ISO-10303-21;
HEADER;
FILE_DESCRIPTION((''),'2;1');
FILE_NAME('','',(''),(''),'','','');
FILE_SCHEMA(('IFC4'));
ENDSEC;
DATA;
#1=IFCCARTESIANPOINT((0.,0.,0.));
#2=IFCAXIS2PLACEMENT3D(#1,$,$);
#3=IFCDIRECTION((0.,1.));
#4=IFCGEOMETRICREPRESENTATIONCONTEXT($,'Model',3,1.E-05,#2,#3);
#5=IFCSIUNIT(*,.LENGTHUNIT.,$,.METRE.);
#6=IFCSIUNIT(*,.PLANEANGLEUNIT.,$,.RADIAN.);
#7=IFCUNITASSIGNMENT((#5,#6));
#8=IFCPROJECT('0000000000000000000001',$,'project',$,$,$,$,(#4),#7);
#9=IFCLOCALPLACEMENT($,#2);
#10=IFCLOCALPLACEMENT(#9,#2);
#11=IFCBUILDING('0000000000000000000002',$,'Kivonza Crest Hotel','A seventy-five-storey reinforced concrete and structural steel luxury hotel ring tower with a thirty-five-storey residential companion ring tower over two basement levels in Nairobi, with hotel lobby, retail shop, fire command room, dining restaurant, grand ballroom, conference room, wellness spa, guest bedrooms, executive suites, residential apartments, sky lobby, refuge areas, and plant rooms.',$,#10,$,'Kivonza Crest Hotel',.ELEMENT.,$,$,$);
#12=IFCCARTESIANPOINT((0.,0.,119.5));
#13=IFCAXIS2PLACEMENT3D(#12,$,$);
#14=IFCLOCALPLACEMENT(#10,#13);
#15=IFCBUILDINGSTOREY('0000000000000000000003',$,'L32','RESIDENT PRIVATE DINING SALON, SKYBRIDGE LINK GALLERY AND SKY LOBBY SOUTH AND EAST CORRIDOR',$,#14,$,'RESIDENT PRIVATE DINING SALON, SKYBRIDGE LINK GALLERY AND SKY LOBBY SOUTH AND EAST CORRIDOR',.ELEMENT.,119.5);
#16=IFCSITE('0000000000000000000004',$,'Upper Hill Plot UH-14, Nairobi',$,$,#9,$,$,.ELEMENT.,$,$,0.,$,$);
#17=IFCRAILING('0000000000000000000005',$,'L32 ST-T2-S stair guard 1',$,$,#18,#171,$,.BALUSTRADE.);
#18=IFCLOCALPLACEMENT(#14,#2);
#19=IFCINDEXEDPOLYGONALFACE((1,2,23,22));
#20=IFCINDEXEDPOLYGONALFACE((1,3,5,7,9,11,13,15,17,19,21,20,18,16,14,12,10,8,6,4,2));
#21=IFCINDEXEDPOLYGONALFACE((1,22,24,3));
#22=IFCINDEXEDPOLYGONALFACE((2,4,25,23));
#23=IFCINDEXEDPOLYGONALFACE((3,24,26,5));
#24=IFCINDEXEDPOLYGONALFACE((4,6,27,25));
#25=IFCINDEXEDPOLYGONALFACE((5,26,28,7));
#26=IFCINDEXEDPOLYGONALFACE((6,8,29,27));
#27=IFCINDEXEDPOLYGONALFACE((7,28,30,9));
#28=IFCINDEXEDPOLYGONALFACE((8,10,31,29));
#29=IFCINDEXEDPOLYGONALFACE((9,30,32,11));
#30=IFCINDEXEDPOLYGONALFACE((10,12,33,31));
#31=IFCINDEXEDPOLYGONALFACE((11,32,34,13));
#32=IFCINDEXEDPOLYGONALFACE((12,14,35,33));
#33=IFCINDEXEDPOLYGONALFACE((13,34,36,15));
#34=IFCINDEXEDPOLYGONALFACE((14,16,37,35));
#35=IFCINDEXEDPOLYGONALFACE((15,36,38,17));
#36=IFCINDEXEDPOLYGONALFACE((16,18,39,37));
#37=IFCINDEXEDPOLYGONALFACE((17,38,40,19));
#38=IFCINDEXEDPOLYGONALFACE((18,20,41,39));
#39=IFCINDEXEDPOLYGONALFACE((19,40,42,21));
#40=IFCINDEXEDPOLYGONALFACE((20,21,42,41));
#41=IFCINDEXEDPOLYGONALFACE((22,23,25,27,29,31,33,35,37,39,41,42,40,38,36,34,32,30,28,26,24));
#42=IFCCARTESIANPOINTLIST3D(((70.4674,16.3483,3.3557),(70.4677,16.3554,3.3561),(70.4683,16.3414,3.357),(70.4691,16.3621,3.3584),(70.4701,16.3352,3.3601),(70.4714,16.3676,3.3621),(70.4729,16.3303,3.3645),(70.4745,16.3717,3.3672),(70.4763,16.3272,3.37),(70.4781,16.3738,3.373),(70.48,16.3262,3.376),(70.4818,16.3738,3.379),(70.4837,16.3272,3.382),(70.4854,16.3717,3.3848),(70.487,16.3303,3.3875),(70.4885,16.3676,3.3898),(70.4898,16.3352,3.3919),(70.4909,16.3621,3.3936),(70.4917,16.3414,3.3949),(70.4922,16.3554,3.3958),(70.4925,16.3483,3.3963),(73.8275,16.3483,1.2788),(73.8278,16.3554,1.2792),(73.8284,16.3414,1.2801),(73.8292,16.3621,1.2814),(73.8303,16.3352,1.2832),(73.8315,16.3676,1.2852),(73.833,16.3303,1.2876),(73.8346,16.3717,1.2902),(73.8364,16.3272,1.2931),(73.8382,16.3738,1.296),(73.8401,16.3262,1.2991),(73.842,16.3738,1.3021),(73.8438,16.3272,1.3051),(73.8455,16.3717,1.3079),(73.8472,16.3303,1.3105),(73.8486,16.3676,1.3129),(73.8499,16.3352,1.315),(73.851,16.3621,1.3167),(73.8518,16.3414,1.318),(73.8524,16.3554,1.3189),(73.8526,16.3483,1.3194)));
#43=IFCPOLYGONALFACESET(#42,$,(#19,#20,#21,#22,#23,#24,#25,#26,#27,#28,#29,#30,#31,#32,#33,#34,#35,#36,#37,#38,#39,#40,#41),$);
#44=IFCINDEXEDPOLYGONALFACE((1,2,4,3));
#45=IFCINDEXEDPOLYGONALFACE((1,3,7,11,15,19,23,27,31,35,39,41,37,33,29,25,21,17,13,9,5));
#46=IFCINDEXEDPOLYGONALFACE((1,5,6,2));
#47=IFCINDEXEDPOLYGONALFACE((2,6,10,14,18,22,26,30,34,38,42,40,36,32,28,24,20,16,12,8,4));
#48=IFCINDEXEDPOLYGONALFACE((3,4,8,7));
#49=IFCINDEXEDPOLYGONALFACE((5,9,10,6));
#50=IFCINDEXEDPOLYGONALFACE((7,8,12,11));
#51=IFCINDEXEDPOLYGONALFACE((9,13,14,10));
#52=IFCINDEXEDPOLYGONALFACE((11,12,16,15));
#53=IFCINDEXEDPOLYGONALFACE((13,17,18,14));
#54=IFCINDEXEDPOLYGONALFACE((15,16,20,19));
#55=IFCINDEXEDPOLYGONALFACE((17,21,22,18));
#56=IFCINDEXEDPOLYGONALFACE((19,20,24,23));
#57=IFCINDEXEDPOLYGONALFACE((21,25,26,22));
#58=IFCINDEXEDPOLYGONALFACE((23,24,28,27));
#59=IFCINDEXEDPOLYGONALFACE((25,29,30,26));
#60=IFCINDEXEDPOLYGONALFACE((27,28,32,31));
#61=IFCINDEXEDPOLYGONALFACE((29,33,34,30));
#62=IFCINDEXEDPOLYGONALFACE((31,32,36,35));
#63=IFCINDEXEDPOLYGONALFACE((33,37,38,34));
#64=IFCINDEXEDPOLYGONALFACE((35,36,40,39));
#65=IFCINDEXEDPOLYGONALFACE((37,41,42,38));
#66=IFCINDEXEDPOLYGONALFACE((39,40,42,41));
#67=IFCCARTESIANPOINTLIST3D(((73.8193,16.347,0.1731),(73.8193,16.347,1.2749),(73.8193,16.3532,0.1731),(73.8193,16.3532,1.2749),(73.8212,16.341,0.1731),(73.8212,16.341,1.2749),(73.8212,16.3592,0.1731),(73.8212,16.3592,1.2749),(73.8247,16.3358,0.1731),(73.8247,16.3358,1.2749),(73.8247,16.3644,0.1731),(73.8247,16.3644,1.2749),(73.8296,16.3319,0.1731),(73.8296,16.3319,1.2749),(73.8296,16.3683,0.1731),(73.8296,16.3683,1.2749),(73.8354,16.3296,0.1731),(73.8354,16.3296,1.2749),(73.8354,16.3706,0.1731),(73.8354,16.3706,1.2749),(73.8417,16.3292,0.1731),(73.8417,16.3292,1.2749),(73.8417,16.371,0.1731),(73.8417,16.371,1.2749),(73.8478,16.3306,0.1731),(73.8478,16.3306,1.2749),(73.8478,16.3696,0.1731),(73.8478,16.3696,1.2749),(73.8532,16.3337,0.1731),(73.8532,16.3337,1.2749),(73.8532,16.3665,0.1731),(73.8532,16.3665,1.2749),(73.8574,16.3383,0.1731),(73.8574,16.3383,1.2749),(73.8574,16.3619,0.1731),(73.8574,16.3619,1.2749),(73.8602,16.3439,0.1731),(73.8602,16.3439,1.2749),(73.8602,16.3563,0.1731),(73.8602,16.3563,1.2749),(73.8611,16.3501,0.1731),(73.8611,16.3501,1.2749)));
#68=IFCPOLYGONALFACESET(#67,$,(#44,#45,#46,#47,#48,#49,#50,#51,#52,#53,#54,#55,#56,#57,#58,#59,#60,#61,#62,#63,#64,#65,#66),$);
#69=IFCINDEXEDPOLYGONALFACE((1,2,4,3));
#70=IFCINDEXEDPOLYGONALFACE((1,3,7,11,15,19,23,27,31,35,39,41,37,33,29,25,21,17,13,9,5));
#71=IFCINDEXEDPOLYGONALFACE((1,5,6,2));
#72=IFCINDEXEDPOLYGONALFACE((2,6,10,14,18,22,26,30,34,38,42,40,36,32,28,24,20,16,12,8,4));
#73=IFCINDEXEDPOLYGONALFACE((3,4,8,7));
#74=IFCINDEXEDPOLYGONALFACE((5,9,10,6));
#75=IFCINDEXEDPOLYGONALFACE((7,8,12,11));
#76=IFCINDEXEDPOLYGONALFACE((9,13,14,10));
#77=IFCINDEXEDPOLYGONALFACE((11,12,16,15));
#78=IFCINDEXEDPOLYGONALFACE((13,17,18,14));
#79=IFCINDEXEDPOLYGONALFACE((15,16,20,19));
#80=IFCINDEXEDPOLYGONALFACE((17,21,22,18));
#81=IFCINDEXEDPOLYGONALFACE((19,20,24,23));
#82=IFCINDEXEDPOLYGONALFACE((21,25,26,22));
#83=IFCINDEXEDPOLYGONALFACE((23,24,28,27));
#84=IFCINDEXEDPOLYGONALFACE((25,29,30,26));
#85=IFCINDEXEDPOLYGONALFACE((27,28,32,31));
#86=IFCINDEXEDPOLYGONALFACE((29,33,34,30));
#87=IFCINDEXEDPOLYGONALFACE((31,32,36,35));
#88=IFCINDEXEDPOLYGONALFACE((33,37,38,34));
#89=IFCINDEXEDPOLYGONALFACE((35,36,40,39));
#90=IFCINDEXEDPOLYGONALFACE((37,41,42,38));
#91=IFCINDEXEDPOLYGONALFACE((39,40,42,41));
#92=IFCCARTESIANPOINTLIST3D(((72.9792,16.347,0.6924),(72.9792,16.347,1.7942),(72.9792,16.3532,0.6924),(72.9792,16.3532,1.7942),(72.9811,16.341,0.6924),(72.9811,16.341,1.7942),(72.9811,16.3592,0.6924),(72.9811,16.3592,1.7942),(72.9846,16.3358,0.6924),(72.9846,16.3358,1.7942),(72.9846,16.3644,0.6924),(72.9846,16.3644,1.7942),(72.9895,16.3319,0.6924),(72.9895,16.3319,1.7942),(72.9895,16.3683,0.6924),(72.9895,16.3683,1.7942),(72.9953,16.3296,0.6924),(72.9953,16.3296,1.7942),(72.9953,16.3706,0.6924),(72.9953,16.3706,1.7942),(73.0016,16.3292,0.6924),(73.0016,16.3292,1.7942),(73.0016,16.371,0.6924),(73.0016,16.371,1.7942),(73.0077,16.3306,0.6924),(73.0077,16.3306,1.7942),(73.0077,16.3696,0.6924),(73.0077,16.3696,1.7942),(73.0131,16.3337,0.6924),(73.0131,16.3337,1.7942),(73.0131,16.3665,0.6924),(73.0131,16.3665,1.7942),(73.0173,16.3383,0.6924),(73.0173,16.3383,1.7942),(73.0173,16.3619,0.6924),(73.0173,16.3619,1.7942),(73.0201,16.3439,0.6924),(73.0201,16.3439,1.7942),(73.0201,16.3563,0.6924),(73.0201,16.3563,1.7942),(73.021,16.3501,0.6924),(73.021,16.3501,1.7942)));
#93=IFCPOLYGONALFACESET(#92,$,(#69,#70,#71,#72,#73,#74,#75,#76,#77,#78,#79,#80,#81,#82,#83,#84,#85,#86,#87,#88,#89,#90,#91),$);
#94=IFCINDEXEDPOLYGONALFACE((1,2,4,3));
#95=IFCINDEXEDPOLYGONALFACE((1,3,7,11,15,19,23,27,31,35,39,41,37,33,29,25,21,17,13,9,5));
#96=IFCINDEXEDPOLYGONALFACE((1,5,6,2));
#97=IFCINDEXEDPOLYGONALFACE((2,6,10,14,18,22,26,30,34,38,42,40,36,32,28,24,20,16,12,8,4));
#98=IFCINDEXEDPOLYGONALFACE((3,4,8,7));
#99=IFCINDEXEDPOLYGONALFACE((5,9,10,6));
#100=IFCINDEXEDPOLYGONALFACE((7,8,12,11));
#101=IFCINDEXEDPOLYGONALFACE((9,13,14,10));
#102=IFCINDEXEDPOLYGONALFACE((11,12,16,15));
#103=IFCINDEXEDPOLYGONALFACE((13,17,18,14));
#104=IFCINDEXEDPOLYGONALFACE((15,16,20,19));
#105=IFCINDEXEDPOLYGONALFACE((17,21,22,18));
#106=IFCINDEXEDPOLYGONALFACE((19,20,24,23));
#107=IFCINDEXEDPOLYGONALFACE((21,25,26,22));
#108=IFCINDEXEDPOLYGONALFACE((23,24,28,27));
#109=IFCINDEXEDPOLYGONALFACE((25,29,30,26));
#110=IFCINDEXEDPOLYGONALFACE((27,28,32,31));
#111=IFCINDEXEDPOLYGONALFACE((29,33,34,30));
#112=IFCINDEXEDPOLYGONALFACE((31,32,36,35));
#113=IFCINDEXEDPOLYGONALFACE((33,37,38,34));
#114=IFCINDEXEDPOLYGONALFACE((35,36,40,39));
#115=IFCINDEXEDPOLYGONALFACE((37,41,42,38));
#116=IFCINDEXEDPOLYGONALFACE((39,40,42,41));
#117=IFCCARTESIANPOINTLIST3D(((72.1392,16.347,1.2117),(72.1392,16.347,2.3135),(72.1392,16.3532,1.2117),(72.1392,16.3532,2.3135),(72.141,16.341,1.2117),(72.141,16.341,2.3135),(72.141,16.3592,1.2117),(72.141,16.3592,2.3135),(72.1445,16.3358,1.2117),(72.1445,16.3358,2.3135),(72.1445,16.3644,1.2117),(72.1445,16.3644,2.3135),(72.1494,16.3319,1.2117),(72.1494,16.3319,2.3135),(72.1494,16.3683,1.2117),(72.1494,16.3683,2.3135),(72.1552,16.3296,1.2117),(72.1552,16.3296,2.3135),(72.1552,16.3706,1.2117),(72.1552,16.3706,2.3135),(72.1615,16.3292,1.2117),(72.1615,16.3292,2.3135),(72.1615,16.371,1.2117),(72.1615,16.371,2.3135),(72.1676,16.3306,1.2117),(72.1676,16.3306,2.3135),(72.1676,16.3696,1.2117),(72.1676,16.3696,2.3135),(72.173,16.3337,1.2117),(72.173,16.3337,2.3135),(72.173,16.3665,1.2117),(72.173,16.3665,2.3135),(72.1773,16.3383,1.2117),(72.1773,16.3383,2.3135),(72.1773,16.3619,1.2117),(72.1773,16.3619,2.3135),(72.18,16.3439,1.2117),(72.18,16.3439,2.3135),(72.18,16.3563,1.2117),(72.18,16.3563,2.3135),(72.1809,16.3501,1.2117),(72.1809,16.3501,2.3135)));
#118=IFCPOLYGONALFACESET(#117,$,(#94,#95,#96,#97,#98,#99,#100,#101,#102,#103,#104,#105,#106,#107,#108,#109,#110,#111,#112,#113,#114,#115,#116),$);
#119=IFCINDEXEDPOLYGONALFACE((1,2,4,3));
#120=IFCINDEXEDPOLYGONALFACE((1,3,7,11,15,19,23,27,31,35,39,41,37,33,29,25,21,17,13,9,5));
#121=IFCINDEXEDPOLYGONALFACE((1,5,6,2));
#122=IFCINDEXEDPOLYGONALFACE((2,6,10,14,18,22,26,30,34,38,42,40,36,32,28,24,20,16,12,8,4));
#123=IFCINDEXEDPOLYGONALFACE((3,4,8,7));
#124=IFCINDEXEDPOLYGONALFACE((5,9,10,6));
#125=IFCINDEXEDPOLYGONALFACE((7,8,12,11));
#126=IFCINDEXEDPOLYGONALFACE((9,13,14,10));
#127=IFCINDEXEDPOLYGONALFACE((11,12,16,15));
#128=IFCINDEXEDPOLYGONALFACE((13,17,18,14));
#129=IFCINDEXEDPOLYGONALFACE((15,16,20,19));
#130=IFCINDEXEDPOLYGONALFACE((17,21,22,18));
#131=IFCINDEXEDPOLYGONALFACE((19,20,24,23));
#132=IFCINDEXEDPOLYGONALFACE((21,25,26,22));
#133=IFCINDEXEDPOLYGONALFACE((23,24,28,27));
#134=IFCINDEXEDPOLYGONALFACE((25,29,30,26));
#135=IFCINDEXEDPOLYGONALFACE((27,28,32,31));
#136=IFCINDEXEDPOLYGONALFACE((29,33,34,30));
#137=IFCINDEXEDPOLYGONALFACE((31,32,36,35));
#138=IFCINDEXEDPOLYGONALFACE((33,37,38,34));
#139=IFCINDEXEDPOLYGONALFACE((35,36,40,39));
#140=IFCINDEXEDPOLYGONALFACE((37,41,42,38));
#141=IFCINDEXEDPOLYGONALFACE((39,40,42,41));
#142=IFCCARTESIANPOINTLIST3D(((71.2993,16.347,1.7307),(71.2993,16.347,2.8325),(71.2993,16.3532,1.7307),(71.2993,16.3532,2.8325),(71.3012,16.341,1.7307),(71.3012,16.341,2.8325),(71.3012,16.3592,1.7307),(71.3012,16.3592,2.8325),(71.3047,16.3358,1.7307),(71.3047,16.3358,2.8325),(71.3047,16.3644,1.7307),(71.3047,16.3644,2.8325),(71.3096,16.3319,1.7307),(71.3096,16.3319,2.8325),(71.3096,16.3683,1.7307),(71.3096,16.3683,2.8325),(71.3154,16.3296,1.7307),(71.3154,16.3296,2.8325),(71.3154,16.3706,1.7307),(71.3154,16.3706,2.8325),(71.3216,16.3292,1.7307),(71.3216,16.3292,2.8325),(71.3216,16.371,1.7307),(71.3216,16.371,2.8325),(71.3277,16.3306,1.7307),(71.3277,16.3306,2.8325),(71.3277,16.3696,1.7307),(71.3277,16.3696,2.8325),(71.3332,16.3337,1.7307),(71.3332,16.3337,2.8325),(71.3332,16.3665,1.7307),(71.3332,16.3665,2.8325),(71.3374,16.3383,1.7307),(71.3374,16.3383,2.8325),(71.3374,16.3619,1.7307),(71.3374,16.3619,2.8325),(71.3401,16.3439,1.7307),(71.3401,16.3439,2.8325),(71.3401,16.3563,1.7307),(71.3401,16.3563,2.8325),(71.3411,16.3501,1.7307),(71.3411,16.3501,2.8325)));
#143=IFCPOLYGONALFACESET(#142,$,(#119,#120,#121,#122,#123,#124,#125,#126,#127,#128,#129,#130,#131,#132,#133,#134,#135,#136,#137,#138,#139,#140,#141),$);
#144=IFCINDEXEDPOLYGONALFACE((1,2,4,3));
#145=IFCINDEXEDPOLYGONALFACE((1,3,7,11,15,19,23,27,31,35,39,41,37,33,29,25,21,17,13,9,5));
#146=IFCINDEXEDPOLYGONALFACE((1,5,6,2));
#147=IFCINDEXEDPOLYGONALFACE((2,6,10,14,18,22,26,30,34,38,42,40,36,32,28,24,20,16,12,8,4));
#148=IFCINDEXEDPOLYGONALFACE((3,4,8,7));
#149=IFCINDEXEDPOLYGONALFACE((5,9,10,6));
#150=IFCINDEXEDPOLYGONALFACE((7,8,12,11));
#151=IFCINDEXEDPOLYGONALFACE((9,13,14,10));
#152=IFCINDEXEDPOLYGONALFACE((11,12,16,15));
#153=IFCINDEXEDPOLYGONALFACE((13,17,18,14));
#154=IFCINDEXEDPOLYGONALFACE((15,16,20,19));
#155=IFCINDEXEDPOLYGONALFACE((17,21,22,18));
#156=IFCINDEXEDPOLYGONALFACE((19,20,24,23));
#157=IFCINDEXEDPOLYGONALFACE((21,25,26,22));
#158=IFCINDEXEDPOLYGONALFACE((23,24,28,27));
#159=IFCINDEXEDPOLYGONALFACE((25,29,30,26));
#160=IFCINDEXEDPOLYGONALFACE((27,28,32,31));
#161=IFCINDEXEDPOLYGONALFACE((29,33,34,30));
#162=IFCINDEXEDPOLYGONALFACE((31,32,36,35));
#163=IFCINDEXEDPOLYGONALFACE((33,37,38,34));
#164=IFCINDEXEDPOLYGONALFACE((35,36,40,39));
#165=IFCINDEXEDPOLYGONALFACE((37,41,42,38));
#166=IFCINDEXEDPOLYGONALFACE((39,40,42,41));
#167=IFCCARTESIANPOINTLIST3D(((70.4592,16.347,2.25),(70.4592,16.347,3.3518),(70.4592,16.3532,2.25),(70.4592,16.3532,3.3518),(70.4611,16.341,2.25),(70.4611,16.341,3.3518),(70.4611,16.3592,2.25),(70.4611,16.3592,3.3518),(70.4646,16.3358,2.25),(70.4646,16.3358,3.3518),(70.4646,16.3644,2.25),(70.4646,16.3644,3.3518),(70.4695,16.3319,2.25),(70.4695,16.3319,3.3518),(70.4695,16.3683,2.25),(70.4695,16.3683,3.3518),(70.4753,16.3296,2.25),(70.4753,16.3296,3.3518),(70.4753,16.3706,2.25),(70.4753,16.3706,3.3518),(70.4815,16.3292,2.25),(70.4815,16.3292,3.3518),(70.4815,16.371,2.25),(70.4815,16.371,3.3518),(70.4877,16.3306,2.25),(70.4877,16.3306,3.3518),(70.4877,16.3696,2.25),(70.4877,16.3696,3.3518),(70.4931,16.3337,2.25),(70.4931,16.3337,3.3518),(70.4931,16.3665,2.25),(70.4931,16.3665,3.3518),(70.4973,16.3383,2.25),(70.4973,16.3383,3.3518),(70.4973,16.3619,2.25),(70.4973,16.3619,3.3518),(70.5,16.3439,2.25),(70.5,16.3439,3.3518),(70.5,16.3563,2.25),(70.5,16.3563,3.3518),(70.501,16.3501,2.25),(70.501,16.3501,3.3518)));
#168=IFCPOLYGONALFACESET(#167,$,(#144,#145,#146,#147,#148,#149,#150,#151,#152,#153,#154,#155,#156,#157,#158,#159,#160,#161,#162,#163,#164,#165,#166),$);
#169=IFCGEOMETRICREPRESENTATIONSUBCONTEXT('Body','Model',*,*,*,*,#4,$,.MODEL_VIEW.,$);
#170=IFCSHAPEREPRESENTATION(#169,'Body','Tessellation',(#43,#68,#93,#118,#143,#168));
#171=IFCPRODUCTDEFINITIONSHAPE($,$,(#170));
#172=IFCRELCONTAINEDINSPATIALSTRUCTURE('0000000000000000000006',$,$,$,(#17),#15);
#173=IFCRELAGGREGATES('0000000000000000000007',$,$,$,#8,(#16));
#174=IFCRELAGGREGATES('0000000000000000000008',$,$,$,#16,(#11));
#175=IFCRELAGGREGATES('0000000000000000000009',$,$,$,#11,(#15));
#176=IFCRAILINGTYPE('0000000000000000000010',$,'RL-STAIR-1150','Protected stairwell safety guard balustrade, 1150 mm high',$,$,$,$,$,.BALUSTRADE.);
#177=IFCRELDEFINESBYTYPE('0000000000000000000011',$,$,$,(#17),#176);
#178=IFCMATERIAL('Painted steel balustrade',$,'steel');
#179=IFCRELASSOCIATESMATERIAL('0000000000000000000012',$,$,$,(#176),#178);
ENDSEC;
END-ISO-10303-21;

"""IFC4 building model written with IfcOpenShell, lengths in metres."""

from ifc_helpers import new_model, si_unit, direction, frame, origin, origin_2d, place, context, subcontext, project, spatial, circle, extrude, material, type_object, element, save


model = new_model("IFC4")

# Units and contexts
model_context = context("Model", 3, precision=1e-05, world=origin(), true_north=direction((0.0, 1.0)))
body_context = subcontext(model_context, "Body", "Model", "MODEL_VIEW")
ifc_project = project(units=[si_unit("LENGTHUNIT", "METRE"), si_unit("PLANEANGLEUNIT", "RADIAN")], contexts=[model_context])

# Site, building, storey
site_placement = place(None, origin())
site = spatial("IfcSite", under=ifc_project, at=site_placement, Name="Upper Hill Plot UH-14, Nairobi", CompositionType="ELEMENT", RefElevation=0.0)
building_placement = place(site_placement, origin())
building = spatial("IfcBuilding", under=site, at=building_placement, Name="Kivonza Crest Hotel", Description="A seventy-five-storey reinforced concrete and structural steel luxury hotel ring tower with a thirty-five-storey residential companion ring tower over two basement levels in Nairobi, with hotel lobby, retail shop, fire command room, dining restaurant, grand ballroom, conference room, wellness spa, guest bedrooms, executive suites, residential apartments, sky lobby, refuge areas, and plant rooms.", LongName="Kivonza Crest Hotel", CompositionType="ELEMENT")
storey_placement = place(building_placement, frame((0.0, 0.0, 119.5)))
storey = spatial("IfcBuildingStorey", under=building, at=storey_placement, Name="L32", Description="RESIDENT PRIVATE DINING SALON, SKYBRIDGE LINK GALLERY AND SKY LOBBY SOUTH AND EAST CORRIDOR", LongName="RESIDENT PRIVATE DINING SALON, SKYBRIDGE LINK GALLERY AND SKY LOBBY SOUTH AND EAST CORRIDOR", CompositionType="ELEMENT", Elevation=119.5)

# Railing
ifc_material_1 = material(Name="Painted steel balustrade", Category="steel")
railing_type_1 = type_object("IfcRailingType", Name="RL-STAIR-1150", Description="Protected stairwell safety guard balustrade, 1150 mm high", PredefinedType="BALUSTRADE", material=ifc_material_1)
railing_1_placement = place(storey_placement, frame((73.8401, 16.3501, 0.1731)))
element("IfcRailing", 1, at=railing_1_placement, inside=storey, type_object=railing_type_1, Name="L32 ST-T2-S stair guard 1", PredefinedType="BALUSTRADE", context=body_context, shape_type="SweptSolid", body=[
    extrude(circle(Radius=0.0239, at=origin_2d()), frame((0.0, 0.0, 1.126), z_axis=(-0.850623, 0.0, 0.525776), x_axis=(0.0, -1.0, 0.0)), (0.0, 0.0, 1.0), 3.9502),
    extrude(circle(Radius=0.021, at=origin_2d()), origin(), (0.0, 0.0, 1.0), 1.1018),
    extrude(circle(Radius=0.021, at=origin_2d()), frame((-0.8401, 0.0, 0.5193)), (0.0, 0.0, 1.0), 1.1018),
    extrude(circle(Radius=0.021, at=origin_2d()), frame((-1.6802, 0.0, 1.0386)), (0.0, 0.0, 1.0), 1.1018),
    extrude(circle(Radius=0.021, at=origin_2d()), frame((-2.52, 0.0, 1.5576)), (0.0, 0.0, 1.0), 1.1018),
    extrude(circle(Radius=0.021, at=origin_2d()), frame((-3.3601, 0.0, 2.0769)), (0.0, 0.0, 1.0), 1.1018),
])

save(model, "model.ifc")
